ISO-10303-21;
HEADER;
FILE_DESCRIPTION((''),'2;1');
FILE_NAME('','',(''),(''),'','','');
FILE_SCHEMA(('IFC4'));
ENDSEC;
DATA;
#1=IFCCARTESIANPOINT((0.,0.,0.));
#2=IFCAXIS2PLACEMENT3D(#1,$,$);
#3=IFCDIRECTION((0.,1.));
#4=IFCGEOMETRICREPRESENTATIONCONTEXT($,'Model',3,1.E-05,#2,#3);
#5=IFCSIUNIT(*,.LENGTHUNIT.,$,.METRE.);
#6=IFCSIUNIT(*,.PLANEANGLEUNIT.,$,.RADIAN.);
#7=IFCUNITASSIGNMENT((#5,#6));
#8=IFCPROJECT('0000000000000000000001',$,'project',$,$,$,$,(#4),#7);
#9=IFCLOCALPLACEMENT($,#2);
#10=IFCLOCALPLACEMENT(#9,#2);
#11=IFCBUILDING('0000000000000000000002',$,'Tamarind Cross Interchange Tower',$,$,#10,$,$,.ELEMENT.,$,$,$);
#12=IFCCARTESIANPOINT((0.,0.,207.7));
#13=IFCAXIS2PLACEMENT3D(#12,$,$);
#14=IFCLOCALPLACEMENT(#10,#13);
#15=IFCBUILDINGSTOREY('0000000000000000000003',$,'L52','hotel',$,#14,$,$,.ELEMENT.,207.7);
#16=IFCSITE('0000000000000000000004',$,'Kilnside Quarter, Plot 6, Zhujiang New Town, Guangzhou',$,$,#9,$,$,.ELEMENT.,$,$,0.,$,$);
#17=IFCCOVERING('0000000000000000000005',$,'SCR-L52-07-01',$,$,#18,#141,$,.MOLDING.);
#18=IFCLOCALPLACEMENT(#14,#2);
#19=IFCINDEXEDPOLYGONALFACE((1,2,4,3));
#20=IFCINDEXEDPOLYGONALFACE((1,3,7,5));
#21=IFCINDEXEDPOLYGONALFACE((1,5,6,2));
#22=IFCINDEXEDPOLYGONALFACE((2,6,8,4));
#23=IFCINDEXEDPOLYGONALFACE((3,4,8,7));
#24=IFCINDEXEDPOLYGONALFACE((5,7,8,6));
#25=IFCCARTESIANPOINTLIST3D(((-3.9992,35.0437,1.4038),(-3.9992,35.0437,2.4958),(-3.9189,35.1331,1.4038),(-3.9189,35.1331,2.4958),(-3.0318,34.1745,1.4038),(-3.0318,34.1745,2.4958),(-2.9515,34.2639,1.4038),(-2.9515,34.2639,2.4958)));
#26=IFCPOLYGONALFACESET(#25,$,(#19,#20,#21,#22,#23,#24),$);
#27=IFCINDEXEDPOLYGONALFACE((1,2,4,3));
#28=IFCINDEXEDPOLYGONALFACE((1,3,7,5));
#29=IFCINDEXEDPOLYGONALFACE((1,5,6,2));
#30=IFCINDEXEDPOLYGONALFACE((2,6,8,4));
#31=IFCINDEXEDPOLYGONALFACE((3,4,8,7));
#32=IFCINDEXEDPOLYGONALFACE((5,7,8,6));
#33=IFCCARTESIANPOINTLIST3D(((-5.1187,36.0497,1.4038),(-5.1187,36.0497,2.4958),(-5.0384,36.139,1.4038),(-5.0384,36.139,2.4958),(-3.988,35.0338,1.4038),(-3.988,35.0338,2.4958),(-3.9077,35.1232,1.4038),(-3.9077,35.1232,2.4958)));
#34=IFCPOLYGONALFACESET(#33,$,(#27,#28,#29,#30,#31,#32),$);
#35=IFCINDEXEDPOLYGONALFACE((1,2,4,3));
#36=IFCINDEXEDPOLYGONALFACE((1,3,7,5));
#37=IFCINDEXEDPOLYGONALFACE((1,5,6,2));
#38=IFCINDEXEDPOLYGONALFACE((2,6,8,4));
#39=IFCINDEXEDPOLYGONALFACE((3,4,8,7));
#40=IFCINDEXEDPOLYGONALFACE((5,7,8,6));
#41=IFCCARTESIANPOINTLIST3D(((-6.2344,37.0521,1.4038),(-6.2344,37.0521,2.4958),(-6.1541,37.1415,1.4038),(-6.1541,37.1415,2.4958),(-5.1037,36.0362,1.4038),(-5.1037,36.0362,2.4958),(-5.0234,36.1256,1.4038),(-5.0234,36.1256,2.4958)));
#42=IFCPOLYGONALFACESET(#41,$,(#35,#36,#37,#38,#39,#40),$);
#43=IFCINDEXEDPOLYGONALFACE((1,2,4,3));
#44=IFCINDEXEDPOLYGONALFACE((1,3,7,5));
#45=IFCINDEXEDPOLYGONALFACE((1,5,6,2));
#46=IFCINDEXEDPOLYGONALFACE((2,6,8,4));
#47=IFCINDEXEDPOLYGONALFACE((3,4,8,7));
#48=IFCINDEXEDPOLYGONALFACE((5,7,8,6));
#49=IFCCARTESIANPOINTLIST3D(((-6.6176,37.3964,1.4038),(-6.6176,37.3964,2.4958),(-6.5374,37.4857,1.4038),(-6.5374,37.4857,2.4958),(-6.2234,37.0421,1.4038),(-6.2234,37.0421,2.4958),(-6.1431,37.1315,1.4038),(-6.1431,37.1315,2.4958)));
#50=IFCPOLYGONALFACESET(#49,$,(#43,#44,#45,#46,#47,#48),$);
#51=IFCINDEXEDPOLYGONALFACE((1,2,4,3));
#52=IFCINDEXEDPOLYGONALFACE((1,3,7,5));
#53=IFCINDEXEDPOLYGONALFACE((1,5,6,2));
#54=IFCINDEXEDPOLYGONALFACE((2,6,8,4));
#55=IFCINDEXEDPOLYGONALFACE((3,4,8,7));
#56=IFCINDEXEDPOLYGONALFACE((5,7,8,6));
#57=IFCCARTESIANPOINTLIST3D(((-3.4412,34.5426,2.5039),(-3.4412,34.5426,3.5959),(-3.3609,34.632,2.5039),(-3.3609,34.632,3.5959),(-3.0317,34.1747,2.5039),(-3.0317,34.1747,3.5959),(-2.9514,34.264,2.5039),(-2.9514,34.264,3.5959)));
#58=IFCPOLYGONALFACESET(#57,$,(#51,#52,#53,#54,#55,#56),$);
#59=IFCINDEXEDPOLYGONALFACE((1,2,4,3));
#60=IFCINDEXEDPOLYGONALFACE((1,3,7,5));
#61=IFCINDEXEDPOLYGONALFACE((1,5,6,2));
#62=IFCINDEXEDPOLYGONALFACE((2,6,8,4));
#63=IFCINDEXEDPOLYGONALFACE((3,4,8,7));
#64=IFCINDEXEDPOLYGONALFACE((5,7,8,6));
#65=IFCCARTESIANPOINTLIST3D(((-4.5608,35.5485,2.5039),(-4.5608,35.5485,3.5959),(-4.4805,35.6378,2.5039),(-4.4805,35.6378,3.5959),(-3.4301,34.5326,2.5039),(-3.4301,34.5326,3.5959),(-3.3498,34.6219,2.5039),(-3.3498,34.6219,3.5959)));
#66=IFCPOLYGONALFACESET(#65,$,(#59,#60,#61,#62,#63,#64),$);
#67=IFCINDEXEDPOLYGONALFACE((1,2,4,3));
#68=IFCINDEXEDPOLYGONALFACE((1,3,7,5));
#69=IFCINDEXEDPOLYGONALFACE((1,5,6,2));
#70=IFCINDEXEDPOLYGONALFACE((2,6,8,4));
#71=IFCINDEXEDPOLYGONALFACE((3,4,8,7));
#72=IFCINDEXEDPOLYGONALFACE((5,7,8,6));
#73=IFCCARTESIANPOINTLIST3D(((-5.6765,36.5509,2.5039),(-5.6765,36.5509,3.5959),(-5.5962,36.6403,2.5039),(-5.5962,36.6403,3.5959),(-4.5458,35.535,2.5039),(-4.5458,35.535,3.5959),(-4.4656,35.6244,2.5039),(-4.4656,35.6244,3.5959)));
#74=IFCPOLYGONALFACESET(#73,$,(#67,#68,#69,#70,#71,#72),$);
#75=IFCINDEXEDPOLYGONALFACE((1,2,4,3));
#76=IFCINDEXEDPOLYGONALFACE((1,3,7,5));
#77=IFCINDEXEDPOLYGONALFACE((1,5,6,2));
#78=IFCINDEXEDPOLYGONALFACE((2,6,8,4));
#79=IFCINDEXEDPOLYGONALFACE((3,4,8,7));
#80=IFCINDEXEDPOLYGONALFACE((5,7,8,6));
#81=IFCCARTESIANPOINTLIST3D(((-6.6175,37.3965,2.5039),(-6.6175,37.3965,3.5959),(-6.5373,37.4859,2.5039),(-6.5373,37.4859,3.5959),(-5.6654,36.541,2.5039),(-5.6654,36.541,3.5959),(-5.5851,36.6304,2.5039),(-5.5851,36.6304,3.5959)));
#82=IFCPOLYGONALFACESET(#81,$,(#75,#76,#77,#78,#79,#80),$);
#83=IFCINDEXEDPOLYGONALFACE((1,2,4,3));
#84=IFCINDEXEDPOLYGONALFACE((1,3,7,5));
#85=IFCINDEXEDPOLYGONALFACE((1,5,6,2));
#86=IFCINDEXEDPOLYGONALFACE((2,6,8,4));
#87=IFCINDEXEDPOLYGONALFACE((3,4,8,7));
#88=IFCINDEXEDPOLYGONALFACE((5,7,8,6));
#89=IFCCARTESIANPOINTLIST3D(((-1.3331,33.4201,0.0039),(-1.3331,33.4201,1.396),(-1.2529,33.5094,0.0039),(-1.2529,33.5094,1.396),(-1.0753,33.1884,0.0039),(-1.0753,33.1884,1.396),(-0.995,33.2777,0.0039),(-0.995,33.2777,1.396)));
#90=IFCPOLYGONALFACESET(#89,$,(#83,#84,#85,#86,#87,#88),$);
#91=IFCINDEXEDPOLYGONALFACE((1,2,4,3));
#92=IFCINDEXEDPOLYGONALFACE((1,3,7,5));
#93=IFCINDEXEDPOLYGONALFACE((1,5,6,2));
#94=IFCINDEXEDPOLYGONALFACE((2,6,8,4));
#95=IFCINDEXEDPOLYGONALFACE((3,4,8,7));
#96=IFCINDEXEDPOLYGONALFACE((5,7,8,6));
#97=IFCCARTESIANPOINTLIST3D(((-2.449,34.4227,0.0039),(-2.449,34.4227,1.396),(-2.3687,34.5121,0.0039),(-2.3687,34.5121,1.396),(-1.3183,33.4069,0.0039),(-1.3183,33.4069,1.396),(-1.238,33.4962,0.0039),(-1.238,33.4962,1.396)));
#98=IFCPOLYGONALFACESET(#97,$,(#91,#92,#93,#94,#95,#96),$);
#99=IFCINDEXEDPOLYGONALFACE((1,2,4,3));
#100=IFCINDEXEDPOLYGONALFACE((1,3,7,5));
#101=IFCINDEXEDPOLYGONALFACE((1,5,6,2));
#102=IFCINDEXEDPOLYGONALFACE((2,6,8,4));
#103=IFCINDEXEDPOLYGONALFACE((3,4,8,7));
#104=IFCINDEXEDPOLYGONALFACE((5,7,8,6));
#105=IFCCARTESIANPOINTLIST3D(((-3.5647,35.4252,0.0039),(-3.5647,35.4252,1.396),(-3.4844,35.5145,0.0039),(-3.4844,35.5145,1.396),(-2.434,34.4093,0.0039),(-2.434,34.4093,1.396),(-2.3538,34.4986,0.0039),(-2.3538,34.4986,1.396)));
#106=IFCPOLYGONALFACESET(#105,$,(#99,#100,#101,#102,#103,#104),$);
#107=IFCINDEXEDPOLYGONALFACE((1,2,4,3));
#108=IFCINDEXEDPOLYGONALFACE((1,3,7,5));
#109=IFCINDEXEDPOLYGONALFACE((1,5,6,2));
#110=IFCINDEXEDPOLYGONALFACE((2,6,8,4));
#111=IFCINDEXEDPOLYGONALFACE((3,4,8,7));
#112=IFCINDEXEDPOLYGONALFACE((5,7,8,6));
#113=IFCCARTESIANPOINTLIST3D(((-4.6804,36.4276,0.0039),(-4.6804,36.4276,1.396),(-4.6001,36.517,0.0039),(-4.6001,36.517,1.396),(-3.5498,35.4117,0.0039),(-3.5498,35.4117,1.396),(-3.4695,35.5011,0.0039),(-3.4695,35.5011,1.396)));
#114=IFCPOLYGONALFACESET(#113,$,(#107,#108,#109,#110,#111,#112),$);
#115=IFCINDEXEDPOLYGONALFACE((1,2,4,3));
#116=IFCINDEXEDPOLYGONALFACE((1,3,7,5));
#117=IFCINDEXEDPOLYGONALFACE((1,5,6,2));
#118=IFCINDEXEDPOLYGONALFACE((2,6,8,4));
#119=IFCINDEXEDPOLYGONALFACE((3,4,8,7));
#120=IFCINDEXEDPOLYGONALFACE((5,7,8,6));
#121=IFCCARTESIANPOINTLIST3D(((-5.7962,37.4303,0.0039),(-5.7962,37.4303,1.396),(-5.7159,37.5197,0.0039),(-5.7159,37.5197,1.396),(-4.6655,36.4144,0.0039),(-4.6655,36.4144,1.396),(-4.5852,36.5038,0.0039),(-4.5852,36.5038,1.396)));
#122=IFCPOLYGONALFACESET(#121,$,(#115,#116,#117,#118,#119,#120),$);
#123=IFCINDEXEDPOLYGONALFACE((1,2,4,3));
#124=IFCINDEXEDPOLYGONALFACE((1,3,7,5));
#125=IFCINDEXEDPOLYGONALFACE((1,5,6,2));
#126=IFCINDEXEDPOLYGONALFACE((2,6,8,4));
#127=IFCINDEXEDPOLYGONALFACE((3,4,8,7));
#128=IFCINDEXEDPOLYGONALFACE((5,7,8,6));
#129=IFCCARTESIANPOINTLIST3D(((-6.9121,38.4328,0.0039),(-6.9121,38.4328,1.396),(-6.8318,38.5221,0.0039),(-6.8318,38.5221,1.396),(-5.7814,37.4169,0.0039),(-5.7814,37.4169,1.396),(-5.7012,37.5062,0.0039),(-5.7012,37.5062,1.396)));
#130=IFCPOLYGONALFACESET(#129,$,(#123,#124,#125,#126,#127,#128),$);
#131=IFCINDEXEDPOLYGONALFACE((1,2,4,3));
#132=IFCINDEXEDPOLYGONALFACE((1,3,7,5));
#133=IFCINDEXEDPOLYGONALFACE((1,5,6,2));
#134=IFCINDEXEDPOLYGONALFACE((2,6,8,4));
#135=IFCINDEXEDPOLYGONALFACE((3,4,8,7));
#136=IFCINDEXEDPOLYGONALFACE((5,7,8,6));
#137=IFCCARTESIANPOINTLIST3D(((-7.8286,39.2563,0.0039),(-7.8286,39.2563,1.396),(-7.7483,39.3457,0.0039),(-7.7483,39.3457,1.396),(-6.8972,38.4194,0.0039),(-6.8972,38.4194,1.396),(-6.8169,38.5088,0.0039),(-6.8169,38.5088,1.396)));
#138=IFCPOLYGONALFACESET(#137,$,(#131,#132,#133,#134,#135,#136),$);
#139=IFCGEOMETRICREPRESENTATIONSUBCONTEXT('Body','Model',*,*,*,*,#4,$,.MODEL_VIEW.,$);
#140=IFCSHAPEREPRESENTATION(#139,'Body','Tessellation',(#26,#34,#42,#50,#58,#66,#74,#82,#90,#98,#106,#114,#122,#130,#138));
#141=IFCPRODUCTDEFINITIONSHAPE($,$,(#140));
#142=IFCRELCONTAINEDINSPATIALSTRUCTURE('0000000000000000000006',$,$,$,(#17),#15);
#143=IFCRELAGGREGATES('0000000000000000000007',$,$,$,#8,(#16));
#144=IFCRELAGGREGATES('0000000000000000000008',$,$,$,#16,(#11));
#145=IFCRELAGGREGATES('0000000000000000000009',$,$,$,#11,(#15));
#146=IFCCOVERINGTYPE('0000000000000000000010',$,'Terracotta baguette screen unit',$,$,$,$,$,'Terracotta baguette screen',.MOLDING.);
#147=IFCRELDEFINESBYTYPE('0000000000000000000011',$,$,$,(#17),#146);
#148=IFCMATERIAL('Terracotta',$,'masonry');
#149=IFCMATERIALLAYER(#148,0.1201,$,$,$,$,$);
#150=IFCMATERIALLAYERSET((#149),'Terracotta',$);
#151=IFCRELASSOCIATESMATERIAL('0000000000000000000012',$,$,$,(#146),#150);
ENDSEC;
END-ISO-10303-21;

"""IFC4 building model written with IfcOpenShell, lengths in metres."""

from ifc_helpers import new_model, si_unit, direction, frame, origin, origin_2d, place, context, subcontext, project, spatial, rectangle, extrude, material, layer, layer_set, type_object, element, save


model = new_model("IFC4")

# Units and contexts
model_context = context("Model", 3, precision=1e-05, world=origin(), true_north=direction((0.0, 1.0)))
body_context = subcontext(model_context, "Body", "Model", "MODEL_VIEW")
ifc_project = project(units=[si_unit("LENGTHUNIT", "METRE"), si_unit("PLANEANGLEUNIT", "RADIAN")], contexts=[model_context])

# Site, building, storey
site_placement = place(None, origin())
site = spatial("IfcSite", under=ifc_project, at=site_placement, Name="Kilnside Quarter, Plot 6, Zhujiang New Town, Guangzhou", CompositionType="ELEMENT", RefElevation=0.0)
building_placement = place(site_placement, origin())
building = spatial("IfcBuilding", under=site, at=building_placement, Name="Tamarind Cross Interchange Tower", CompositionType="ELEMENT")
storey_placement = place(building_placement, frame((0.0, 0.0, 207.7)))
storey = spatial("IfcBuildingStorey", under=building, at=storey_placement, Name="L52", Description="hotel", CompositionType="ELEMENT", Elevation=207.7)

# Covering
ifc_material_1 = material(Name="Terracotta", Category="masonry")
ifc_layer_1 = layer(ifc_material_1, 0.1201)
ifc_layer_set_1 = layer_set([ifc_layer_1], Name="Terracotta")
covering_type = type_object("IfcCoveringType", Name="Terracotta baguette screen unit", ElementType="Terracotta baguette screen", PredefinedType="MOLDING", material=ifc_layer_set_1)
covering_1_placement = place(storey_placement, origin())
element("IfcCovering", 1, at=covering_1_placement, inside=storey, type_object=covering_type, Name="SCR-L52-07-01", PredefinedType="MOLDING", context=body_context, shape_type="SweptSolid", body=[
    extrude(rectangle(XDim=1.3005, YDim=0.1201, at=origin_2d()), frame((-3.4753, 34.6538, 1.4038), z_axis=(0.0, 0.0, 1.0), x_axis=(-0.743854, 0.668342, 0.0)), (0.0, 0.0, 1.0), 1.092),
    extrude(rectangle(XDim=1.52, YDim=0.1201, at=origin_2d()), frame((-4.5132, 35.5864, 1.4038), z_axis=(0.0, 0.0, 1.0), x_axis=(-0.743854, 0.668342, 0.0)), (0.0, 0.0, 1.0), 1.092),
    extrude(rectangle(XDim=1.52, YDim=0.1201, at=origin_2d()), frame((-5.6289, 36.5889, 1.4038), z_axis=(0.0, 0.0, 1.0), x_axis=(-0.743854, 0.668342, 0.0)), (0.0, 0.0, 1.0), 1.092),
    extrude(rectangle(XDim=0.53, YDim=0.1201, at=origin_2d()), frame((-6.3804, 37.2639, 1.4038), z_axis=(0.0, 0.0, 1.0), x_axis=(-0.743854, 0.668342, 0.0)), (0.0, 0.0, 1.0), 1.092),
    extrude(rectangle(XDim=0.5505, YDim=0.1201, at=origin_2d()), frame((-3.1963, 34.4033, 2.5039), z_axis=(0.0, 0.0, 1.0), x_axis=(-0.743854, 0.668342, 0.0)), (0.0, 0.0, 1.0), 1.092),
    extrude(rectangle(XDim=1.52, YDim=0.1201, at=origin_2d()), frame((-3.9553, 35.0852, 2.5039), z_axis=(0.0, 0.0, 1.0), x_axis=(-0.743854, 0.668342, 0.0)), (0.0, 0.0, 1.0), 1.092),
    extrude(rectangle(XDim=1.52, YDim=0.1201, at=origin_2d()), frame((-5.071, 36.0876, 2.5039), z_axis=(0.0, 0.0, 1.0), x_axis=(-0.743854, 0.668342, 0.0)), (0.0, 0.0, 1.0), 1.092),
    extrude(rectangle(XDim=1.28, YDim=0.1201, at=origin_2d()), frame((-6.1013, 37.0134, 2.5039), z_axis=(0.0, 0.0, 1.0), x_axis=(-0.743854, 0.668342, 0.0)), (0.0, 0.0, 1.0), 1.092),
    extrude(rectangle(XDim=0.3467, YDim=0.1201, at=origin_2d()), frame((-1.1641, 33.3489, 0.0039), z_axis=(0.0, 0.0, 1.0), x_axis=(-0.743854, 0.668342, 0.0)), (0.0, 0.0, 1.0), 1.3921),
    extrude(rectangle(XDim=1.52, YDim=0.1201, at=origin_2d()), frame((-1.8435, 33.9595, 0.0039), z_axis=(0.0, 0.0, 1.0), x_axis=(-0.743854, 0.668342, 0.0)), (0.0, 0.0, 1.0), 1.3921),
    extrude(rectangle(XDim=1.52, YDim=0.1201, at=origin_2d()), frame((-2.9592, 34.9619, 0.0039), z_axis=(0.0, 0.0, 1.0), x_axis=(-0.743854, 0.668342, 0.0)), (0.0, 0.0, 1.0), 1.3921),
    extrude(rectangle(XDim=1.52, YDim=0.1201, at=origin_2d()), frame((-4.075, 35.9644, 0.0039), z_axis=(0.0, 0.0, 1.0), x_axis=(-0.743854, 0.668342, 0.0)), (0.0, 0.0, 1.0), 1.3921),
    extrude(rectangle(XDim=1.52, YDim=0.1201, at=origin_2d()), frame((-5.1907, 36.967, 0.0039), z_axis=(0.0, 0.0, 1.0), x_axis=(-0.743854, 0.668342, 0.0)), (0.0, 0.0, 1.0), 1.3921),
    extrude(rectangle(XDim=1.52, YDim=0.1201, at=origin_2d()), frame((-6.3066, 37.9695, 0.0039), z_axis=(0.0, 0.0, 1.0), x_axis=(-0.743854, 0.668342, 0.0)), (0.0, 0.0, 1.0), 1.3921),
    extrude(rectangle(XDim=1.2522, YDim=0.1201, at=origin_2d()), frame((-7.3228, 38.8826, 0.0039), z_axis=(0.0, 0.0, 1.0), x_axis=(-0.743854, 0.668342, 0.0)), (0.0, 0.0, 1.0), 1.3921),
])

save(model, "model.ifc")
